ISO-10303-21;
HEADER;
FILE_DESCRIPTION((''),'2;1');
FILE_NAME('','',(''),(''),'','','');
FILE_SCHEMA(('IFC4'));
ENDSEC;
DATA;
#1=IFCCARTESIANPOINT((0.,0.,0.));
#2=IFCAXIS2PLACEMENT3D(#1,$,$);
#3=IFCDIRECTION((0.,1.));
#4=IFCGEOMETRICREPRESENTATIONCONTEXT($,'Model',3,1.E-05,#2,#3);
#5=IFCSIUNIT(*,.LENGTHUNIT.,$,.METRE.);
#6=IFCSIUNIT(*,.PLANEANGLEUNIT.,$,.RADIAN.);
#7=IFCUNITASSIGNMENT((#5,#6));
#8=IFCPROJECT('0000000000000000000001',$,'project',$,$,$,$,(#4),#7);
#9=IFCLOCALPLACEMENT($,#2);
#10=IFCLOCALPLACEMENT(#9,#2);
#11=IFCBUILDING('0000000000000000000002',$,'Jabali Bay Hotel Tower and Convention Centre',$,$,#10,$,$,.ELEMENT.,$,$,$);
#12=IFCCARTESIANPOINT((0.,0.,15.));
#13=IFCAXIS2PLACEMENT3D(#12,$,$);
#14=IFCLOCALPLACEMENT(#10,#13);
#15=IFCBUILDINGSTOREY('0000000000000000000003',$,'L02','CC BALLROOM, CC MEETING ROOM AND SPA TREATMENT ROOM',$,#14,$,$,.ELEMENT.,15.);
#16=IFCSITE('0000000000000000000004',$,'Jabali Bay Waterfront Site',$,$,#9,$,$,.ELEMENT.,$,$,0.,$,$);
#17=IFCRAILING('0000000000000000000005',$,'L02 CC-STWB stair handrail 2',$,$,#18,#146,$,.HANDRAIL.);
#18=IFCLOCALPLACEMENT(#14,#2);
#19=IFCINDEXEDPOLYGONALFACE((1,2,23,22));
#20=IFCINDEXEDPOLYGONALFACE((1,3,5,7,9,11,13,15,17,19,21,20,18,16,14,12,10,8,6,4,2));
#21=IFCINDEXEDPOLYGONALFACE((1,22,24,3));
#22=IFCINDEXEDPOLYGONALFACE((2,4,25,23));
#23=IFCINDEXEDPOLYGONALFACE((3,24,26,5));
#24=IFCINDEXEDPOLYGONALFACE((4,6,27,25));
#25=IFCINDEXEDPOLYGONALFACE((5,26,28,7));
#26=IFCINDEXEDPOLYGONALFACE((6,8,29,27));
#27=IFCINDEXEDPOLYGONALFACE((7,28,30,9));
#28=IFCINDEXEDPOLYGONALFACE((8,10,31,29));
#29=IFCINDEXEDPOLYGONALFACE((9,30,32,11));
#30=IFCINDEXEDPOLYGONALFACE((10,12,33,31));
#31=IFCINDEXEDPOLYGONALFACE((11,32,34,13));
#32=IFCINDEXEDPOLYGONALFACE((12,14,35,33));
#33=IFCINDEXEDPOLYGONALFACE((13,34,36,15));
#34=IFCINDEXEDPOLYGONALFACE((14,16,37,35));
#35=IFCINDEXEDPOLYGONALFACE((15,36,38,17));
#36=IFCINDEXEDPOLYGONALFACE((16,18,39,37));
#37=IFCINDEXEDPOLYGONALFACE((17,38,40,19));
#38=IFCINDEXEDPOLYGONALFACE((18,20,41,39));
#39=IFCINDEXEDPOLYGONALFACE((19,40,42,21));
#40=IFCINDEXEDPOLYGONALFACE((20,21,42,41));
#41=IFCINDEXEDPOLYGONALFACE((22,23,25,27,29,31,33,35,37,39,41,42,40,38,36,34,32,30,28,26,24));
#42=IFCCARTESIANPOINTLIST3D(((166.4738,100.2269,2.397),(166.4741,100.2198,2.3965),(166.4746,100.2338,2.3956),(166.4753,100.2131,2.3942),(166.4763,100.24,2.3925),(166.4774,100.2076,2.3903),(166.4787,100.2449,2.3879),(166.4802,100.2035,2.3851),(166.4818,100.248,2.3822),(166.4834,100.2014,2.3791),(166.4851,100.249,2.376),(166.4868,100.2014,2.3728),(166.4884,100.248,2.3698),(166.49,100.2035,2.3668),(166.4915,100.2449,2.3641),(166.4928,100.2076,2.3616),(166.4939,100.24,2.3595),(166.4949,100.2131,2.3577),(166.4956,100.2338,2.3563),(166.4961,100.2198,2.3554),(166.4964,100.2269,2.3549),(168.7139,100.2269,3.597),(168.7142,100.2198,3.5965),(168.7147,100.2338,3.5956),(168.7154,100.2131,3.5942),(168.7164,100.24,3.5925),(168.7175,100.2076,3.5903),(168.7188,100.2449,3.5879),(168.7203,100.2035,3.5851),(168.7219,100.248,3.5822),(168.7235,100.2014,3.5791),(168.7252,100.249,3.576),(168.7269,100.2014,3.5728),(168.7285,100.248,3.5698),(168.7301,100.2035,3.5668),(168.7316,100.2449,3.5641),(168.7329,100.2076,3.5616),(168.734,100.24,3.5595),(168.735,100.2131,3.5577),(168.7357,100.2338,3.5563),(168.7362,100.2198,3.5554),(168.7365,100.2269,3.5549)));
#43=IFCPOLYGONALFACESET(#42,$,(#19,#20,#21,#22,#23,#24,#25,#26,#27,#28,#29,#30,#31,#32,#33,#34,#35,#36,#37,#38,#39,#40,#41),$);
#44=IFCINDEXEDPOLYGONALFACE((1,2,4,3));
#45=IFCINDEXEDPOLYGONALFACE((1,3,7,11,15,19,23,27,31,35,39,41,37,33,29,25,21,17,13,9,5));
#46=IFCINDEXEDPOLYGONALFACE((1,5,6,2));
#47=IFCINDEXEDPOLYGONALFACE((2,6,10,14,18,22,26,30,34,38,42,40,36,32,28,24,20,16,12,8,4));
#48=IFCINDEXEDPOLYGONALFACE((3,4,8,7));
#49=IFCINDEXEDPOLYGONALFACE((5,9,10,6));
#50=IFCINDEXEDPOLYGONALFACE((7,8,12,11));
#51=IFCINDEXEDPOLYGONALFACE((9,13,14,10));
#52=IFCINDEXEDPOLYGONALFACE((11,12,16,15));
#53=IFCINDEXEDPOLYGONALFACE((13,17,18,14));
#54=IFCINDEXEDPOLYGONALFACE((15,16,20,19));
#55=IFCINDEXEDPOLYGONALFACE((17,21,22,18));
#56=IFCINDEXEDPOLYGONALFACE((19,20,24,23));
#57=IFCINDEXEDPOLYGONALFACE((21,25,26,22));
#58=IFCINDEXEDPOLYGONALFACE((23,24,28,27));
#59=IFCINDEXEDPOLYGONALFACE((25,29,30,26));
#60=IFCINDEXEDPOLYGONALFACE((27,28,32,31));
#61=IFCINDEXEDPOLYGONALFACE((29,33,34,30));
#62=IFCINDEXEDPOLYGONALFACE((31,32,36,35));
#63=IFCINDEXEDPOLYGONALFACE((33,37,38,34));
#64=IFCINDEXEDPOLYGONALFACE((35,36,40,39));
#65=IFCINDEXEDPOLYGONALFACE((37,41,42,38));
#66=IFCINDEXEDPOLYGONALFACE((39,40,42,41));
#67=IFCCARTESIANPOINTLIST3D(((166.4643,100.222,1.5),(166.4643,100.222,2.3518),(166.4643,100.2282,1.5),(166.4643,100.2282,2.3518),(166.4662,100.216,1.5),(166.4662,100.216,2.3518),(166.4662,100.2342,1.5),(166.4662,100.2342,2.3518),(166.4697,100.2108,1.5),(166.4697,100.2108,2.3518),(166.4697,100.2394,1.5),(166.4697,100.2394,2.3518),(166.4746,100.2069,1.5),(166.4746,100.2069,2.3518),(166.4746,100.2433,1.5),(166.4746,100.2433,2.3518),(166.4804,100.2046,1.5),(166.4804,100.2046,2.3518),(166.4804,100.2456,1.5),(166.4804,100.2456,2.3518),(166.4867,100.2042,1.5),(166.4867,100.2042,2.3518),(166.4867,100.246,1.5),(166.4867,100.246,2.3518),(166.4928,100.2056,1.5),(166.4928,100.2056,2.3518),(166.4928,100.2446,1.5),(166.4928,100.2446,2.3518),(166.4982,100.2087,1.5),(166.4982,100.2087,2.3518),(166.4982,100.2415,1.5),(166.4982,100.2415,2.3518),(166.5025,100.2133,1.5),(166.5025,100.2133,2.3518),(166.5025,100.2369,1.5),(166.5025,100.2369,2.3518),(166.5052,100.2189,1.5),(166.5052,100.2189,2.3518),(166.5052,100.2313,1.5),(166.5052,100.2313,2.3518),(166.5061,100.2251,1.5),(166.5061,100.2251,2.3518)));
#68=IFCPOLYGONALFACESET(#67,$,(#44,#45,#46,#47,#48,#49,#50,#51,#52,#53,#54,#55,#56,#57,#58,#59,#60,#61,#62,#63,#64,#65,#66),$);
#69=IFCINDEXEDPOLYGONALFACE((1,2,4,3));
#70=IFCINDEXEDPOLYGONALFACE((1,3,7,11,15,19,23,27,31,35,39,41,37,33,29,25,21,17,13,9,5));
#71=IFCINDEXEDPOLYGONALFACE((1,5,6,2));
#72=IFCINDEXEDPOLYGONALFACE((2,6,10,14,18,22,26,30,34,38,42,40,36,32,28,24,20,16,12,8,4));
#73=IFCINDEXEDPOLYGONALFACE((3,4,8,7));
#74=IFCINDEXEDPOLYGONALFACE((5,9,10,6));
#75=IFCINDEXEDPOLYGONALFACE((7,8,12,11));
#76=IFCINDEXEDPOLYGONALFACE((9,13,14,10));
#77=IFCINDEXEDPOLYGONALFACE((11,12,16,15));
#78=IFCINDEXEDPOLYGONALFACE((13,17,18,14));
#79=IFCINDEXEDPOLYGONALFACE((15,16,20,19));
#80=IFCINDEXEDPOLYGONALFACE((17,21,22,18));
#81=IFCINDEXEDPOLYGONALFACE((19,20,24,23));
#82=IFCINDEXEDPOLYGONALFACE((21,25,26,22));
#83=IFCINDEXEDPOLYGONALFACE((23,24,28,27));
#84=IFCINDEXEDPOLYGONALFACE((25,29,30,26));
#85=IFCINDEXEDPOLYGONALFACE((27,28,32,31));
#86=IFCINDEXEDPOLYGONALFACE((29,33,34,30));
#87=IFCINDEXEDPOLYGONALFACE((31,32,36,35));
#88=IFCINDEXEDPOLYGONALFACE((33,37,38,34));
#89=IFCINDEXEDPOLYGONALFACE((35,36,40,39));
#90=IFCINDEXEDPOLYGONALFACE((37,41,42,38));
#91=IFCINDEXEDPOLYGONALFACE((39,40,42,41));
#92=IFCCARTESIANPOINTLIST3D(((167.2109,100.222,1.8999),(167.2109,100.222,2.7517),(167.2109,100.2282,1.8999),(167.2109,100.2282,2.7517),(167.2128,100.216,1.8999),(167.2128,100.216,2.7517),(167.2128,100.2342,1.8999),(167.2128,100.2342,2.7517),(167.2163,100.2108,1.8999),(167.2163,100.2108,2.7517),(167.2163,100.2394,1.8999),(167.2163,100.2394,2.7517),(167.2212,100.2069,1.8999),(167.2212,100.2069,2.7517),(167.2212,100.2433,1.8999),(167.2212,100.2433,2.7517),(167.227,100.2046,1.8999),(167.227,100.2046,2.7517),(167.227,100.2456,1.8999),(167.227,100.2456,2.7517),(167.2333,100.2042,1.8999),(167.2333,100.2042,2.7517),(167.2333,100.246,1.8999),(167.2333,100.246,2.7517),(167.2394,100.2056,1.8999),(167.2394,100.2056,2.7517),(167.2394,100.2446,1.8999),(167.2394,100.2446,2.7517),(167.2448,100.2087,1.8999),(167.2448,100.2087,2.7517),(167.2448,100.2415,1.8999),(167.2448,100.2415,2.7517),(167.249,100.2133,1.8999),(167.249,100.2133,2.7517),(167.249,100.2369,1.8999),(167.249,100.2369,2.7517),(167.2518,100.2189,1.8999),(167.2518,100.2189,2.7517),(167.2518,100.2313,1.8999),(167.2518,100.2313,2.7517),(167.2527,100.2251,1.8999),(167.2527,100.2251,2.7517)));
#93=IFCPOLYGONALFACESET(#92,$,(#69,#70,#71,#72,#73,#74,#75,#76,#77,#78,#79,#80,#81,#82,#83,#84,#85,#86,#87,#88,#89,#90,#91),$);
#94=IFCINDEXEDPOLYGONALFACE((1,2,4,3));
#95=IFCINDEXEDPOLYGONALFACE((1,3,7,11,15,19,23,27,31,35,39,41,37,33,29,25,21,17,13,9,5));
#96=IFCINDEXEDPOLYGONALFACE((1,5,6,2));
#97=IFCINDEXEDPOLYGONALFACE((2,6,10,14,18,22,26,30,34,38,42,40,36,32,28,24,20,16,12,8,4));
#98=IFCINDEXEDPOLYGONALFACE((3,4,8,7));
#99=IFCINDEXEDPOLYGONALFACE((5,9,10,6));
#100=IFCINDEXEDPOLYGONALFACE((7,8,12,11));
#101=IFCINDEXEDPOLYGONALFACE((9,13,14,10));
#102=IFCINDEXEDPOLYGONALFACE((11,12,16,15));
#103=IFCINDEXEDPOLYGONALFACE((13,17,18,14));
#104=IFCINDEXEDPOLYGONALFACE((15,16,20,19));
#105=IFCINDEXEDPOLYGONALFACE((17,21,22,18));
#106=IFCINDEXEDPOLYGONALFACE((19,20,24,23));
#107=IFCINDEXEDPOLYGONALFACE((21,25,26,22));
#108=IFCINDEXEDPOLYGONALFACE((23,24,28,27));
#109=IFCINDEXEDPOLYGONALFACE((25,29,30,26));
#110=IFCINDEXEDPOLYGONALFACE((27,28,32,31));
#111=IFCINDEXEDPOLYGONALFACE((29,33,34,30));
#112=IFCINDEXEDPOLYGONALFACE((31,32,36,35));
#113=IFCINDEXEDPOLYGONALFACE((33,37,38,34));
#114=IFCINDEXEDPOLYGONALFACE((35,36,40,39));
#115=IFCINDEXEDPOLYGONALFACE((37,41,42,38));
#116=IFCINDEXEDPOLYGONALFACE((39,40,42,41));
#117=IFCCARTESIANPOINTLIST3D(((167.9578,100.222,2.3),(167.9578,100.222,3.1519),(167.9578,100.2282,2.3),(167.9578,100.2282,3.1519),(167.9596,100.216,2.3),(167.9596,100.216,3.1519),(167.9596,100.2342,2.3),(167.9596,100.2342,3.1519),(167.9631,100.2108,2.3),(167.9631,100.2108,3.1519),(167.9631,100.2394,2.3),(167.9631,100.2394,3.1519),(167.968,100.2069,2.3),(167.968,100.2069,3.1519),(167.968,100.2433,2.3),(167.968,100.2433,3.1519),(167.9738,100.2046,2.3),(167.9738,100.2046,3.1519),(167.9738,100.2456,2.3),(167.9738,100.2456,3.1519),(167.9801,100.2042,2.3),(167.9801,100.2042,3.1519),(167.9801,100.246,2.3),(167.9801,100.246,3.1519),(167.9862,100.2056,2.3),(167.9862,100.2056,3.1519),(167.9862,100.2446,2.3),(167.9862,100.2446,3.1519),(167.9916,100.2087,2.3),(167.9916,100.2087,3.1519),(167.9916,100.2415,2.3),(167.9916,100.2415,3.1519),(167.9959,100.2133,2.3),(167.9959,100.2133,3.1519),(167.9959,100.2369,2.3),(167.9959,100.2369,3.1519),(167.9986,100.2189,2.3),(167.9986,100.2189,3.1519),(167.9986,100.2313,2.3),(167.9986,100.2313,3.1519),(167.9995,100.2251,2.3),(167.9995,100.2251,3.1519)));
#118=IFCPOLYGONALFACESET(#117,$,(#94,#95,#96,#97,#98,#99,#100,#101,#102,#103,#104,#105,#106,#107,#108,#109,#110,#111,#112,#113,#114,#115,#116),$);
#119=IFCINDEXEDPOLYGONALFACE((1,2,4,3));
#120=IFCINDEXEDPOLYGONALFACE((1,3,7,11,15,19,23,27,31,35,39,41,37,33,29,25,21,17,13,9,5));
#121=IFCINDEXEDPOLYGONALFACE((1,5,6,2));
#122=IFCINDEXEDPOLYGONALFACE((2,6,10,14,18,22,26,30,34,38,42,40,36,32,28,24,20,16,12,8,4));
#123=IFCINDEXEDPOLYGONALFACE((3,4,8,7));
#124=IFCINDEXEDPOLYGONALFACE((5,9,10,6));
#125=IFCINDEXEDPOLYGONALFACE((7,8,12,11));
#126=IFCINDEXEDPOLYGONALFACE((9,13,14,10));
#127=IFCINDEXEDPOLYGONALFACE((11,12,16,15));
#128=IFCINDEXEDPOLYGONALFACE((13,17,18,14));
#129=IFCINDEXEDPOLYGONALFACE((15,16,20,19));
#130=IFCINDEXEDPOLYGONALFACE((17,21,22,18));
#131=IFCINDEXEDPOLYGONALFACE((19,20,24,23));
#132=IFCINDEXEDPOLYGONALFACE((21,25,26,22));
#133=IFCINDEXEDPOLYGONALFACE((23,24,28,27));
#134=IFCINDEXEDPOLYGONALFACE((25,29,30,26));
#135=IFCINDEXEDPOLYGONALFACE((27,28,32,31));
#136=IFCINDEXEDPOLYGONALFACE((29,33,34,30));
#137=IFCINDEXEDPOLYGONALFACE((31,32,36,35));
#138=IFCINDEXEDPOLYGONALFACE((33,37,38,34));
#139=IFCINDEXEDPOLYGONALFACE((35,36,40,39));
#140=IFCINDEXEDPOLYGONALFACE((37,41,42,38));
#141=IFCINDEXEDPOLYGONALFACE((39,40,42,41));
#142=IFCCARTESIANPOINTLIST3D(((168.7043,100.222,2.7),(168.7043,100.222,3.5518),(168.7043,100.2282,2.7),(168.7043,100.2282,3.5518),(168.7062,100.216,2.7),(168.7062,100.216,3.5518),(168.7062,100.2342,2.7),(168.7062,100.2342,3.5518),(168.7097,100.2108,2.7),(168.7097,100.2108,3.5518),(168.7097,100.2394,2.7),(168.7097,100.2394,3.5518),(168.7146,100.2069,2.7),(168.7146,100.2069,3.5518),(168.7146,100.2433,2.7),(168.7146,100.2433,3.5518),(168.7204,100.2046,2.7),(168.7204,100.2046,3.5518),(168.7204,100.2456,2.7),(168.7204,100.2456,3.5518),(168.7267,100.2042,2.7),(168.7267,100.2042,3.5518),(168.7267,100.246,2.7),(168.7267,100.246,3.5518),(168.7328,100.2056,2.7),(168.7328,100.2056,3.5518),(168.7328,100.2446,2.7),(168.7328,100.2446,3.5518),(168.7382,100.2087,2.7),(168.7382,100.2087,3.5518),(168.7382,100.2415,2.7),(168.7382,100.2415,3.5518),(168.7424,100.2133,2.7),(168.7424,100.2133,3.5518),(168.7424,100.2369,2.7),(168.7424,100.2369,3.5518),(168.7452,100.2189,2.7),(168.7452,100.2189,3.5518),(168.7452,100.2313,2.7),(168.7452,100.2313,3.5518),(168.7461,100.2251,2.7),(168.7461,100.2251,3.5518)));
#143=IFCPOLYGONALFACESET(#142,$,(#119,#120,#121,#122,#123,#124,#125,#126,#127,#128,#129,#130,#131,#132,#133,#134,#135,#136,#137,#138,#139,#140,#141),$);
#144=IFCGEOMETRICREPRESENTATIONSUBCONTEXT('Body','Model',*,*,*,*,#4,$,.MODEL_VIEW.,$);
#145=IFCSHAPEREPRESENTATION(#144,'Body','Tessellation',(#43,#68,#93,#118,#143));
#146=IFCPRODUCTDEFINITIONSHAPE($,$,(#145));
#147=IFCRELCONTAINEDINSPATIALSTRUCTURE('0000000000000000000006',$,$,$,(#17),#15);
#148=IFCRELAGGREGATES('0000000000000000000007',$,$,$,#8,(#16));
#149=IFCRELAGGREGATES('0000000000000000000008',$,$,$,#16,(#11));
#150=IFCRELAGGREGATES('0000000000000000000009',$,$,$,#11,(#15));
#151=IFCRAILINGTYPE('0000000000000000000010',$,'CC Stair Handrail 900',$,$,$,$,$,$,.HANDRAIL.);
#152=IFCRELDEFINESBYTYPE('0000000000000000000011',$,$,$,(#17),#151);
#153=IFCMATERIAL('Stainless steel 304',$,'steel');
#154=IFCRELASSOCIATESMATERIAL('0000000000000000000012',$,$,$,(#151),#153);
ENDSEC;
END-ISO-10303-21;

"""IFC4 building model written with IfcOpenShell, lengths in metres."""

from ifc_helpers import new_model, si_unit, direction, frame, origin, origin_2d, place, context, subcontext, project, spatial, circle, extrude, material, type_object, element, save


model = new_model("IFC4")

# Units and contexts
model_context = context("Model", 3, precision=1e-05, world=origin(), true_north=direction((0.0, 1.0)))
body_context = subcontext(model_context, "Body", "Model", "MODEL_VIEW")
ifc_project = project(units=[si_unit("LENGTHUNIT", "METRE"), si_unit("PLANEANGLEUNIT", "RADIAN")], contexts=[model_context])

# Site, building, storey
site_placement = place(None, origin())
site = spatial("IfcSite", under=ifc_project, at=site_placement, Name="Jabali Bay Waterfront Site", CompositionType="ELEMENT", RefElevation=0.0)
building_placement = place(site_placement, origin())
building = spatial("IfcBuilding", under=site, at=building_placement, Name="Jabali Bay Hotel Tower and Convention Centre", CompositionType="ELEMENT")
storey_placement = place(building_placement, frame((0.0, 0.0, 15.0)))
storey = spatial("IfcBuildingStorey", under=building, at=storey_placement, Name="L02", Description="CC BALLROOM, CC MEETING ROOM AND SPA TREATMENT ROOM", CompositionType="ELEMENT", Elevation=15.0)

# Railing
ifc_material_1 = material(Name="Stainless steel 304", Category="steel")
railing_type_1 = type_object("IfcRailingType", Name="CC Stair Handrail 900", PredefinedType="HANDRAIL", material=ifc_material_1)
for number, where, name in (
    (1, (166.4851, 100.2251, 1.5), "L02 CC-STWB stair handrail 2"),
):
    element("IfcRailing", number, at=place(storey_placement, frame(where)), inside=storey, type_object=railing_type_1, Name=name, PredefinedType="HANDRAIL", context=body_context, shape_type="SweptSolid", body=[
        extrude(circle(Radius=0.0239, at=origin_2d()), frame((0.0, 0.0, 0.876), z_axis=(0.881487, 0.0, 0.472208), x_axis=(0.0, 1.0, 0.0)), (0.0, 0.0, 1.0), 2.5413),
        extrude(circle(Radius=0.021, at=origin_2d()), origin(), (0.0, 0.0, 1.0), 0.8518),
        extrude(circle(Radius=0.021, at=origin_2d()), frame((0.7466, 0.0, 0.3999)), (0.0, 0.0, 1.0), 0.8518),
        extrude(circle(Radius=0.021, at=origin_2d()), frame((1.4934, 0.0, 0.8)), (0.0, 0.0, 1.0), 0.8518),
        extrude(circle(Radius=0.021, at=origin_2d()), frame((2.24, 0.0, 1.2)), (0.0, 0.0, 1.0), 0.8518),
    ])

save(model, "model.ifc")
